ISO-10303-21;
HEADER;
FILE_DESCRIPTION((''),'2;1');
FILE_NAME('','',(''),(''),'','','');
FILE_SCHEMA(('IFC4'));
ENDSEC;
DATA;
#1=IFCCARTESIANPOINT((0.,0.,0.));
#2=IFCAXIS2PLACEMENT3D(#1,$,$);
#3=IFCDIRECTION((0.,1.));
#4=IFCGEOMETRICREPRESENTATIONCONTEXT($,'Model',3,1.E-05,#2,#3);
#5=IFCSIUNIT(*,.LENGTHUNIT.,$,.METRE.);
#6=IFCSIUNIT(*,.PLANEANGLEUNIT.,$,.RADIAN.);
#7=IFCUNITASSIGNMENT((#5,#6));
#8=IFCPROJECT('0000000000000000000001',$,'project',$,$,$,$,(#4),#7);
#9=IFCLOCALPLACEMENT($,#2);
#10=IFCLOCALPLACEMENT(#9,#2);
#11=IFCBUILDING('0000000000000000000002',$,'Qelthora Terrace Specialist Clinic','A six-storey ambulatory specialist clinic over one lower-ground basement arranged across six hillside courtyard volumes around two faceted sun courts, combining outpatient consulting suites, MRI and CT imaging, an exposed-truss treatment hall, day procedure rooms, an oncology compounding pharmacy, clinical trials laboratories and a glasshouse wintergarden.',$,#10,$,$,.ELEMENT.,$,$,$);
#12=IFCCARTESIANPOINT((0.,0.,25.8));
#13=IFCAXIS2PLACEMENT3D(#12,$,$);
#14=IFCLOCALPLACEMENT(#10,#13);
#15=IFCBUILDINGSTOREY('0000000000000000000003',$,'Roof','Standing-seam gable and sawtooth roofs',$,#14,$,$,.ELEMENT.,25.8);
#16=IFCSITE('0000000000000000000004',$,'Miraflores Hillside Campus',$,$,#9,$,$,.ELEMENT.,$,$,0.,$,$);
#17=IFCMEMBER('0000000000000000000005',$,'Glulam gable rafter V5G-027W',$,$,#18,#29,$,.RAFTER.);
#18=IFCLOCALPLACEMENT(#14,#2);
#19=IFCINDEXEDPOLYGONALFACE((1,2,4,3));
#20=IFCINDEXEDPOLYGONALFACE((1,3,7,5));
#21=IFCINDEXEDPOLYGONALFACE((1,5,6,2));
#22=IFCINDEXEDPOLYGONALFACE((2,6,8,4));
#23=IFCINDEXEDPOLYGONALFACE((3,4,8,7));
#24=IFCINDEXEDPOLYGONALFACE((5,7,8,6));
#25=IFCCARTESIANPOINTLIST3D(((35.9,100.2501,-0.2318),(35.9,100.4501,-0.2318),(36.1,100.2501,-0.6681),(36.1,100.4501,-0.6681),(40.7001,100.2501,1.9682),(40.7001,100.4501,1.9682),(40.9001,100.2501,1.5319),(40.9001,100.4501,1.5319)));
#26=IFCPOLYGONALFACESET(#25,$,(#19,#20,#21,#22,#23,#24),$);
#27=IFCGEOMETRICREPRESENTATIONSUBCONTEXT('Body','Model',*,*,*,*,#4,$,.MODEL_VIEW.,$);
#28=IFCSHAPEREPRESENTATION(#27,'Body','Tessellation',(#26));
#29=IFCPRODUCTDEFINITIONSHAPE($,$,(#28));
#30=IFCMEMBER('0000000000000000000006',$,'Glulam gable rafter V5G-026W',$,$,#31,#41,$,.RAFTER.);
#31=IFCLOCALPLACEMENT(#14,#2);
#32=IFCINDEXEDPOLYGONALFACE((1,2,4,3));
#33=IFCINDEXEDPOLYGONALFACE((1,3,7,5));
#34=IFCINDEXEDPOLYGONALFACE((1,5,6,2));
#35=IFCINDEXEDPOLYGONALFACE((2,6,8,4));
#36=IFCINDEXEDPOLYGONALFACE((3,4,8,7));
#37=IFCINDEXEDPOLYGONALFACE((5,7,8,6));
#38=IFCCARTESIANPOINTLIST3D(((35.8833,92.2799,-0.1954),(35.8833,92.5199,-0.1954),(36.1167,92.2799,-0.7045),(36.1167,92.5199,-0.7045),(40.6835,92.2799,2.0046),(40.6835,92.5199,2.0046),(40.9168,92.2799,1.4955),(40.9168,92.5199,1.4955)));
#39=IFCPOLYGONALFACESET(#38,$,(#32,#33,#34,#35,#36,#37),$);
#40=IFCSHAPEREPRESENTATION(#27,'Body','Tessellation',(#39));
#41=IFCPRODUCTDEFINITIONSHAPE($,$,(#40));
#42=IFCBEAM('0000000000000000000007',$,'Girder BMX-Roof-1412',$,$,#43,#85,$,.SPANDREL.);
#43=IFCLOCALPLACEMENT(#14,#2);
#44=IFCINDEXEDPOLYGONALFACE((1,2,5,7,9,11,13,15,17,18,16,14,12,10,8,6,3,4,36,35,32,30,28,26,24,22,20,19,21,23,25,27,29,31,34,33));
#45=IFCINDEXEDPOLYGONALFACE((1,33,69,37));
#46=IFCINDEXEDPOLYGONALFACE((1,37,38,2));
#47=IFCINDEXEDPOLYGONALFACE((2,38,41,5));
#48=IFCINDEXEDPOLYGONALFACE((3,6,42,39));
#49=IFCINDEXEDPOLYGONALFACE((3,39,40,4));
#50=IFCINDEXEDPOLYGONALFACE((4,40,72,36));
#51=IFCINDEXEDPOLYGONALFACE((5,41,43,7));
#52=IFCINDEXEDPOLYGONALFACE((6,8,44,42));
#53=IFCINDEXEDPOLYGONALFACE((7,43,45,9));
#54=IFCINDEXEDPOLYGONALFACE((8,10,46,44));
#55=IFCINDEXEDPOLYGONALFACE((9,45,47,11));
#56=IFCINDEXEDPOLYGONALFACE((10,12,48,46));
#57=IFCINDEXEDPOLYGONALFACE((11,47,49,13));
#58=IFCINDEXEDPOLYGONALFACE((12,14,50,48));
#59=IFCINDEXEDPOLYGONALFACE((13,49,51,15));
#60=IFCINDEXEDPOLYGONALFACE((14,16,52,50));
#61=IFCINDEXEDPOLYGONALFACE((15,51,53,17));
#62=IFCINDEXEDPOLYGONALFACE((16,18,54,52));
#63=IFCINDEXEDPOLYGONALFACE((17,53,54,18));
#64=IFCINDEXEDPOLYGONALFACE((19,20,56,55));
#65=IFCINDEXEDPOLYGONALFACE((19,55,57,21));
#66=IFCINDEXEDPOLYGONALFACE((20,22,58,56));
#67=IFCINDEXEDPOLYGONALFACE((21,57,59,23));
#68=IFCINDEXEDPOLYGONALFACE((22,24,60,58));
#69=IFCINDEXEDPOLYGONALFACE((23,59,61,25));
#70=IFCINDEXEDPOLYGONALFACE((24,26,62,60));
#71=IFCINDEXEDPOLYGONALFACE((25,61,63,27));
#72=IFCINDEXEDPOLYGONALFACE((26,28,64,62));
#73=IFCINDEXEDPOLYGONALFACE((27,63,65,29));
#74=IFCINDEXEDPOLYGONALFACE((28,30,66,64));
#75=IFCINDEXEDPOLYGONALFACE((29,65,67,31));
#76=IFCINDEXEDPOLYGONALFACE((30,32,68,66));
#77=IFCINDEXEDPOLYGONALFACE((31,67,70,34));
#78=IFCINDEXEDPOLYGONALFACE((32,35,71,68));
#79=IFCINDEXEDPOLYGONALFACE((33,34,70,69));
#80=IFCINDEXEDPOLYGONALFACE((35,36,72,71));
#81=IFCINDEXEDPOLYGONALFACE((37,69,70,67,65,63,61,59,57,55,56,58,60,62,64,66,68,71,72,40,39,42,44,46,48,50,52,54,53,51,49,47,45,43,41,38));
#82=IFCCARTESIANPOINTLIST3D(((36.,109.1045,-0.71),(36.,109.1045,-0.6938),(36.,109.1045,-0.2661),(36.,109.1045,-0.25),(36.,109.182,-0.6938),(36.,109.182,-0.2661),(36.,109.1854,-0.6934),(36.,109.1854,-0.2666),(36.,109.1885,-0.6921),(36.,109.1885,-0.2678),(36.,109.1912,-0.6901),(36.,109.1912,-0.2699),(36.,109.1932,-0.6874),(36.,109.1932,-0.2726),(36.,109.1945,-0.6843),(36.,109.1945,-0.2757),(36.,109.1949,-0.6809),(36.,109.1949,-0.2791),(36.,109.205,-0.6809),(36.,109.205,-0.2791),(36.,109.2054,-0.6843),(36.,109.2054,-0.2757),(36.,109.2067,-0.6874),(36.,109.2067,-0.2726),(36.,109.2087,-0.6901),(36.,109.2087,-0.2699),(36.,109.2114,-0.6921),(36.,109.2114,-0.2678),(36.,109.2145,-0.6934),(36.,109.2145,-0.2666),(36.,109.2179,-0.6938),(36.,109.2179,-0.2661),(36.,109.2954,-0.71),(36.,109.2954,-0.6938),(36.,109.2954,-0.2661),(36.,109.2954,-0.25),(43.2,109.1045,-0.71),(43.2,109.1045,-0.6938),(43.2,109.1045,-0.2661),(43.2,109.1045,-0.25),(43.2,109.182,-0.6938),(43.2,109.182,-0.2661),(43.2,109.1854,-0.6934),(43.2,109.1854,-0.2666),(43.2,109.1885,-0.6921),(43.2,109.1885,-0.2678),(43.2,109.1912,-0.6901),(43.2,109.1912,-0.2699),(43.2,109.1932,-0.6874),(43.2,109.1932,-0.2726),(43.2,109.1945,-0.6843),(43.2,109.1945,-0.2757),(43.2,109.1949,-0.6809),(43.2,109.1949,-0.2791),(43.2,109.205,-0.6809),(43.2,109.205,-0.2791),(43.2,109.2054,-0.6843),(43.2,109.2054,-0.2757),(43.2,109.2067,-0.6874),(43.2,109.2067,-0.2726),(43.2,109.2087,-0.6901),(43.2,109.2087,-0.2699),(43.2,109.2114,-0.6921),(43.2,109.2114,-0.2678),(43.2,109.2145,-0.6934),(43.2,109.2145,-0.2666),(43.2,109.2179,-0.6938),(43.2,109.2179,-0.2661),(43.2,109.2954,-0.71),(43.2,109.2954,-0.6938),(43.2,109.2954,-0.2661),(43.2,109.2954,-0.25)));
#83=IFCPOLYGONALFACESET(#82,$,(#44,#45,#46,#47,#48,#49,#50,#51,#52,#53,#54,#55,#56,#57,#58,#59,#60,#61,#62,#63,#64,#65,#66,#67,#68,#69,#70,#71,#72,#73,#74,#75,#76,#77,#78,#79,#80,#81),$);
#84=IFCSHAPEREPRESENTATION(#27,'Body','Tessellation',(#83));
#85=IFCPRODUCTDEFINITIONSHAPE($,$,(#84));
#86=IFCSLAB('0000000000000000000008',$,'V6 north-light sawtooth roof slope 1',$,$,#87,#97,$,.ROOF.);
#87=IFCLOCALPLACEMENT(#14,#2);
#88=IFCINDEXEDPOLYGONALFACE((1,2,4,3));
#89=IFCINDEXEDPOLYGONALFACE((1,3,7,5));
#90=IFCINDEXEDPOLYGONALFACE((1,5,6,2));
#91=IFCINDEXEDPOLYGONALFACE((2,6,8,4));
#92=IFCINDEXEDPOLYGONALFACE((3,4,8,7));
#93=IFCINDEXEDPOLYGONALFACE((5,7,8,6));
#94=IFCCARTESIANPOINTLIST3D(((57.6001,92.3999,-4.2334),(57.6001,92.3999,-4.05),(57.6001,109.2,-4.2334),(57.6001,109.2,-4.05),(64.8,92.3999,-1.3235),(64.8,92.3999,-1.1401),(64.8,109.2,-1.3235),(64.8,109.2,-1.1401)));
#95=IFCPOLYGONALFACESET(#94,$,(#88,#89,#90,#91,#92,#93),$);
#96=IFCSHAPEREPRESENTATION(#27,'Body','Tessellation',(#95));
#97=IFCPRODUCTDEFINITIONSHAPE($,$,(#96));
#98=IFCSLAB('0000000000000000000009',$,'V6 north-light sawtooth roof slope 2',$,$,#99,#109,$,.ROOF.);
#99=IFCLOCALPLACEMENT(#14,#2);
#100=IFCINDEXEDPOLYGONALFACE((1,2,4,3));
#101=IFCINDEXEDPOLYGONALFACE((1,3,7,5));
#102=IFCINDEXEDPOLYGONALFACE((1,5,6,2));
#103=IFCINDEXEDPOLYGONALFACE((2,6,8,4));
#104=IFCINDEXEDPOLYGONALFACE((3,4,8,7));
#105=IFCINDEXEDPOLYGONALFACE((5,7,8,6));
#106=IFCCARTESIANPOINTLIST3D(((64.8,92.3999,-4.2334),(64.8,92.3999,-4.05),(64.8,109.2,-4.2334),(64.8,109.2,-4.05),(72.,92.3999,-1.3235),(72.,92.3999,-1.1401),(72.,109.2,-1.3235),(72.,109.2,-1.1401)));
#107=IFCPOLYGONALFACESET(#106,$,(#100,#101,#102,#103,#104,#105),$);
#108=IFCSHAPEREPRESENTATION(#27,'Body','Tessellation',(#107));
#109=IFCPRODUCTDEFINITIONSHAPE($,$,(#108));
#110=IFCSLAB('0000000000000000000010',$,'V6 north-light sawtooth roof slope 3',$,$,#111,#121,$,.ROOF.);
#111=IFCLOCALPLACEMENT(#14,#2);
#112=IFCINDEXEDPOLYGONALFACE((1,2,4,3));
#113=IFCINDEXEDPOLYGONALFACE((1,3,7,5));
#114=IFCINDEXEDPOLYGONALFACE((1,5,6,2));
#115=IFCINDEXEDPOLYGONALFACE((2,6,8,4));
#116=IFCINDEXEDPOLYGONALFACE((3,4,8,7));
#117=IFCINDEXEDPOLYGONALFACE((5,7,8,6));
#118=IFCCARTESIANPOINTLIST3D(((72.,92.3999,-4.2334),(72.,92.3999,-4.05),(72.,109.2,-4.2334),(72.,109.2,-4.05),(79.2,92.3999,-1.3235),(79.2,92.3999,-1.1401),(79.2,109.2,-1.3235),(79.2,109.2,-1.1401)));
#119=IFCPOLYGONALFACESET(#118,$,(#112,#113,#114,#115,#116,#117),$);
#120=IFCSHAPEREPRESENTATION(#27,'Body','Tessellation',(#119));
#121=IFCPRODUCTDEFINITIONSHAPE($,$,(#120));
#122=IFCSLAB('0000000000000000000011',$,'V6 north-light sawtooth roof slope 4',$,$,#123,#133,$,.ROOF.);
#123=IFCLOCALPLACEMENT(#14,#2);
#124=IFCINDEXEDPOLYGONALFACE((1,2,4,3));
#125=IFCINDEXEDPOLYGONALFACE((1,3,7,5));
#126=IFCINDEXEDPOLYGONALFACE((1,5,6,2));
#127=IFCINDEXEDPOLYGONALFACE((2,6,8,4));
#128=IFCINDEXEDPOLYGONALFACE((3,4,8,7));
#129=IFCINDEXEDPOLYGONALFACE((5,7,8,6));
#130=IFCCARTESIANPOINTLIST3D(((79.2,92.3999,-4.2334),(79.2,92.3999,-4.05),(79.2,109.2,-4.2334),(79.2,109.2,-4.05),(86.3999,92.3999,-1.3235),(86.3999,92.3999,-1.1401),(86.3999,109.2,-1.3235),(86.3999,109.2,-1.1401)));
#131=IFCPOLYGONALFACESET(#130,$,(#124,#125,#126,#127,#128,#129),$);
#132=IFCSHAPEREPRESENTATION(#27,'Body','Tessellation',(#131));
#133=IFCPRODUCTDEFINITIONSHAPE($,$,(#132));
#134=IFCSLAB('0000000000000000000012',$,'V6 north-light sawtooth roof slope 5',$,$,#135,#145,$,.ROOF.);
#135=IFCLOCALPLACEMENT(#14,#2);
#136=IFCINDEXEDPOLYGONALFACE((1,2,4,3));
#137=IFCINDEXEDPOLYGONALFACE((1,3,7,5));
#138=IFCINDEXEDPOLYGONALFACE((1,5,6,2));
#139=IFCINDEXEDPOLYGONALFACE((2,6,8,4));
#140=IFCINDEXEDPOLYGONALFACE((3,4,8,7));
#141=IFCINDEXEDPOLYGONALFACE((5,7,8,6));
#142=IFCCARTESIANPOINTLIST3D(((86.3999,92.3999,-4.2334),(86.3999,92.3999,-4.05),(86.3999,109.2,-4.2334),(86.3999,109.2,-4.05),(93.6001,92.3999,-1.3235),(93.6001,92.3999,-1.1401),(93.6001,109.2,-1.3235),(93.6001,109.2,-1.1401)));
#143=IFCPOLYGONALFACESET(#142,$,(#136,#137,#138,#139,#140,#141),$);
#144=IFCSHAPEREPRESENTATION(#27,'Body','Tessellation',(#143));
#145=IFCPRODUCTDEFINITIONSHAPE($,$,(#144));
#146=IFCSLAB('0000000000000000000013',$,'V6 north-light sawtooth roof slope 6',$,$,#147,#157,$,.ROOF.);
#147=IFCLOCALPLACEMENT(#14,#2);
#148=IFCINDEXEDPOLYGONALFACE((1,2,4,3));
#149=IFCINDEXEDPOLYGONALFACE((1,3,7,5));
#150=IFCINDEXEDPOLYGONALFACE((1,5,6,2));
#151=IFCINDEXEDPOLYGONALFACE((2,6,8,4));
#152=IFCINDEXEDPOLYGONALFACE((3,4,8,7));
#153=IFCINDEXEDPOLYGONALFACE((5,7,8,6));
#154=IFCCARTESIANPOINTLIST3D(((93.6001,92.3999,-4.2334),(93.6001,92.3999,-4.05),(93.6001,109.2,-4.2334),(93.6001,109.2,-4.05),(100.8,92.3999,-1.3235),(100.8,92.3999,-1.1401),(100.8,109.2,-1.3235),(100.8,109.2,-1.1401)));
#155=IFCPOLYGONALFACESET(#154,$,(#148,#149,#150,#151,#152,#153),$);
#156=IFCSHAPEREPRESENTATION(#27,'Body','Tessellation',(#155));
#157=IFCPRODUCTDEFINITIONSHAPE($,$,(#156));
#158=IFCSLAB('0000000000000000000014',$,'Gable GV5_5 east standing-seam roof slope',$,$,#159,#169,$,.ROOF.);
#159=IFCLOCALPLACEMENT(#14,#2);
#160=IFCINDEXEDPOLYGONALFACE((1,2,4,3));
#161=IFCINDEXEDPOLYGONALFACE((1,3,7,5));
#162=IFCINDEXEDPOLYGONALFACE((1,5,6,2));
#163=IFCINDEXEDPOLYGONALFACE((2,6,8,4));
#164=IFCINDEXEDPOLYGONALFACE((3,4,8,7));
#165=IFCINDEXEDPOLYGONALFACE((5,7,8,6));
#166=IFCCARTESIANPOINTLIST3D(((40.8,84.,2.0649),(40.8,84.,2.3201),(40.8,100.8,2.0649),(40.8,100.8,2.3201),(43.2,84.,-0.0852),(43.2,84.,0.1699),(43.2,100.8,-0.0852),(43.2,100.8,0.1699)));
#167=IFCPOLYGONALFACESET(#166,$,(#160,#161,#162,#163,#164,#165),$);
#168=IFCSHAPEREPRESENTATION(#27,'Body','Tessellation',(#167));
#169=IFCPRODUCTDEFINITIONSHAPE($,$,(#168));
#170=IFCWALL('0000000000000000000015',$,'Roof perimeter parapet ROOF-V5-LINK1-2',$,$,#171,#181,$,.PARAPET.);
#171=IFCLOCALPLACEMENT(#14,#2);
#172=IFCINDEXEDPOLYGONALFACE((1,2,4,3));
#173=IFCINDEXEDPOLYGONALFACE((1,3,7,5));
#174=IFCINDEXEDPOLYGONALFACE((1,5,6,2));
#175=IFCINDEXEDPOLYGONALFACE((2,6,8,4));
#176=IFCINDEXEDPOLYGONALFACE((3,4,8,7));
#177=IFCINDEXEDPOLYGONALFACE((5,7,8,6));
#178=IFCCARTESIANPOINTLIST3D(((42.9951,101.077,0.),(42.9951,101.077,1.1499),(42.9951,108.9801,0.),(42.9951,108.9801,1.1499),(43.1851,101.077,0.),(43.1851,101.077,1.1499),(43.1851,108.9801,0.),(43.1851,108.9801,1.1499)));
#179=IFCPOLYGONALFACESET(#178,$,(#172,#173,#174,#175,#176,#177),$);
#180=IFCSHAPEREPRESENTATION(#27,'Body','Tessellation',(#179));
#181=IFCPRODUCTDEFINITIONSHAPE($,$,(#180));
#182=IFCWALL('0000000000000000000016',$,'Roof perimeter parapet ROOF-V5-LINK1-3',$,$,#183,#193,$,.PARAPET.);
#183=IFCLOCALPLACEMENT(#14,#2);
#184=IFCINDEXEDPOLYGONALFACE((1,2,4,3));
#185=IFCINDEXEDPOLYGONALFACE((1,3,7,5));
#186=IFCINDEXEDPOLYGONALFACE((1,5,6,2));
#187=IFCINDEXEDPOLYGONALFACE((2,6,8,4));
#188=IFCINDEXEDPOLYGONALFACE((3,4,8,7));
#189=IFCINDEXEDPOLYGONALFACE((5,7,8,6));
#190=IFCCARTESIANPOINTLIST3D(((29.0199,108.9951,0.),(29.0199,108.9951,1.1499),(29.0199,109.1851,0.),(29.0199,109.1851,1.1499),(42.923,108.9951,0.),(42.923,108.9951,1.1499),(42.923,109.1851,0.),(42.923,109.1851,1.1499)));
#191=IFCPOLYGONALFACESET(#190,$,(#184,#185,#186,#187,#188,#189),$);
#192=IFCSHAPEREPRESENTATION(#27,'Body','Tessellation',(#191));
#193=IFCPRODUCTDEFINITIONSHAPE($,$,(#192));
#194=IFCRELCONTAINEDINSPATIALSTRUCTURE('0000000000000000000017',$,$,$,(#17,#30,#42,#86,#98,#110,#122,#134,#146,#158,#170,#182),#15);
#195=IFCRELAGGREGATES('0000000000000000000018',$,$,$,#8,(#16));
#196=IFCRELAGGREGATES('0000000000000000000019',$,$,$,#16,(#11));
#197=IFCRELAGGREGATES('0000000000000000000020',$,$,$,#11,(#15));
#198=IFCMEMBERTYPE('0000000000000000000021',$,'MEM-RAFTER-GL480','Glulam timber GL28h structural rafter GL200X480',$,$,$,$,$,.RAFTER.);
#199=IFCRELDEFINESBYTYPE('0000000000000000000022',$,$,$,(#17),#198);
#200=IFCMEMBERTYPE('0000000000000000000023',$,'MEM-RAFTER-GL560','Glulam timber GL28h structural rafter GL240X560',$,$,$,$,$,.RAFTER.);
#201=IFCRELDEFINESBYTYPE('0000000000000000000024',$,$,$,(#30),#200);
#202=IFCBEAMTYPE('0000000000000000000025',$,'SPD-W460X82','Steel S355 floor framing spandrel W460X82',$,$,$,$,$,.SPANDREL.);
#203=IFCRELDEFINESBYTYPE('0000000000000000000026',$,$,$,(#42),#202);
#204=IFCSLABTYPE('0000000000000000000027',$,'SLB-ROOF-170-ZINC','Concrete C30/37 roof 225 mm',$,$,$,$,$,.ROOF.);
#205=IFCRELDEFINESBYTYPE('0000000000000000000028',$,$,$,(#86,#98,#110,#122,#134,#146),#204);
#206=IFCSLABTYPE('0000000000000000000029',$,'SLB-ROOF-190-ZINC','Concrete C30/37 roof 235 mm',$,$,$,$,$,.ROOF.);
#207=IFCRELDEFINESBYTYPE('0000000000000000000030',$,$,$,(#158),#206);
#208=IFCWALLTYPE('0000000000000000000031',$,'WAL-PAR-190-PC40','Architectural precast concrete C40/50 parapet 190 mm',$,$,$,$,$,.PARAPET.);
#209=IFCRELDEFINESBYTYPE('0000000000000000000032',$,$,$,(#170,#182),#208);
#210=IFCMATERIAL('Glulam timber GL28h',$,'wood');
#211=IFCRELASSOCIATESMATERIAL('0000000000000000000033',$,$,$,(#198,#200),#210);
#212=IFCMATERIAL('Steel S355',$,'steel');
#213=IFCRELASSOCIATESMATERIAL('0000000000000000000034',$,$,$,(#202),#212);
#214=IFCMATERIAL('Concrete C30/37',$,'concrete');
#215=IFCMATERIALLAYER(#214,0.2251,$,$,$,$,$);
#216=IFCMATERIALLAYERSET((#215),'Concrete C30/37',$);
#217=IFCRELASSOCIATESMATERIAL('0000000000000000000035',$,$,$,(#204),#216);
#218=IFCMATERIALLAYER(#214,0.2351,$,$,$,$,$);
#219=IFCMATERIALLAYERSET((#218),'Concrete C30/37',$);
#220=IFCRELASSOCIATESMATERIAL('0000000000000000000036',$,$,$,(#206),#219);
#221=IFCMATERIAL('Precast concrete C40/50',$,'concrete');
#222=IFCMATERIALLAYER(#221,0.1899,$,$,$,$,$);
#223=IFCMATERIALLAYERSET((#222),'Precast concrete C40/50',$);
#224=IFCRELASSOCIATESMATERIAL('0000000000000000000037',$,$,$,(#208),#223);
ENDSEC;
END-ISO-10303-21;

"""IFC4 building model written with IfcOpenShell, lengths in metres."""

from ifc_helpers import new_model, si_unit, direction, frame, frame_2d, origin, origin_2d, place, context, subcontext, project, spatial, polyline, rectangle, i_section, outline, extrude, material, layer, layer_set, material_profile, profile_set, type_object, element, save


model = new_model("IFC4")

# Units and contexts
model_context = context("Model", 3, precision=1e-05, world=origin(), true_north=direction((0.0, 1.0)))
body_context = subcontext(model_context, "Body", "Model", "MODEL_VIEW")
ifc_project = project(units=[si_unit("LENGTHUNIT", "METRE"), si_unit("PLANEANGLEUNIT", "RADIAN")], contexts=[model_context])

# Site, building, storey
site_placement = place(None, origin())
site = spatial("IfcSite", under=ifc_project, at=site_placement, Name="Miraflores Hillside Campus", CompositionType="ELEMENT", RefElevation=0.0)
building_placement = place(site_placement, origin())
building = spatial("IfcBuilding", under=site, at=building_placement, Name="Qelthora Terrace Specialist Clinic", Description="A six-storey ambulatory specialist clinic over one lower-ground basement arranged across six hillside courtyard volumes around two faceted sun courts, combining outpatient consulting suites, MRI and CT imaging, an exposed-truss treatment hall, day procedure rooms, an oncology compounding pharmacy, clinical trials laboratories and a glasshouse wintergarden.", CompositionType="ELEMENT")
storey_placement = place(building_placement, frame((0.0, 0.0, 25.8)))
storey = spatial("IfcBuildingStorey", under=building, at=storey_placement, Name="Roof", Description="Standing-seam gable and sawtooth roofs", CompositionType="ELEMENT", Elevation=25.8)

# Shared definitions
ifc_material_1 = material(Name="Steel S355", Category="steel")

# Members
ifc_material_2 = material(Name="Glulam timber GL28h", Category="wood")
ifc_material_profile_1 = material_profile(ifc_material_2, rectangle(XDim=0.2, YDim=0.48, at=origin_2d()), Name="GL200X480")
ifc_profile_set_1 = profile_set([ifc_material_profile_1], Name="Glulam timber GL28h")
member_type_1 = type_object("IfcMemberType", Name="MEM-RAFTER-GL480", Description="Glulam timber GL28h structural rafter GL200X480", PredefinedType="RAFTER", material=ifc_profile_set_1)
member_1_placement = place(storey_placement, frame((36.0, 100.3501, -0.45), z_axis=(0.90907, 0.0, 0.416644), x_axis=(0.0, 1.0, 0.0)))
element("IfcMember", 1, at=member_1_placement, inside=storey, type_object=member_type_1, Name="Glulam gable rafter V5G-027W", PredefinedType="RAFTER", context=body_context, shape_type="SweptSolid", body=[
    extrude(rectangle(XDim=0.2, YDim=0.48, at=origin_2d()), origin(), (0.0, 0.0, 1.0), 5.2803),
])
ifc_material_profile_2 = material_profile(ifc_material_2, rectangle(XDim=0.24, YDim=0.5601, at=origin_2d()), Name="GL240X560")
ifc_profile_set_2 = profile_set([ifc_material_profile_2], Name="Glulam timber GL28h")
member_type_2 = type_object("IfcMemberType", Name="MEM-RAFTER-GL560", Description="Glulam timber GL28h structural rafter GL240X560", PredefinedType="RAFTER", material=ifc_profile_set_2)
member_2_placement = place(storey_placement, frame((36.0, 92.3999, -0.45), z_axis=(0.90907, 0.0, 0.416644), x_axis=(0.0, 1.0, 0.0)))
element("IfcMember", 2, at=member_2_placement, inside=storey, type_object=member_type_2, Name="Glulam gable rafter V5G-026W", PredefinedType="RAFTER", context=body_context, shape_type="SweptSolid", body=[
    extrude(rectangle(XDim=0.24, YDim=0.5601, at=origin_2d()), origin(), (0.0, 0.0, 1.0), 5.2803),
])

# Beam
ifc_material_profile_3 = material_profile(ifc_material_1, i_section(OverallWidth=0.1909, OverallDepth=0.46, WebThickness=0.01, FlangeThickness=0.0161, FilletRadius=0.0129, at=origin_2d()), Name="W460X82")
ifc_profile_set_3 = profile_set([ifc_material_profile_3], Name="Steel S355")
beam_type_1 = type_object("IfcBeamType", Name="SPD-W460X82", Description="Steel S355 floor framing spandrel W460X82", PredefinedType="SPANDREL", material=ifc_profile_set_3)
beam_1_placement = place(storey_placement, frame((36.0, 109.2, -0.48), z_axis=(1.0, 0.0, 0.0), x_axis=(0.0, 1.0, 0.0)))
element("IfcBeam", 3, at=beam_1_placement, inside=storey, type_object=beam_type_1, Name="Girder BMX-Roof-1412", PredefinedType="SPANDREL", context=body_context, shape_type="SweptSolid", body=[
    extrude(i_section(OverallWidth=0.1909, OverallDepth=0.46, WebThickness=0.01, FlangeThickness=0.0161, FilletRadius=0.0129, at=origin_2d()), origin(), (0.0, 0.0, 1.0), 7.2),
])

# Slabs
ifc_material_3 = material(Name="Concrete C30/37", Category="concrete")
ifc_layer_1 = layer(ifc_material_3, 0.2251)
ifc_layer_set_1 = layer_set([ifc_layer_1], Name="Concrete C30/37")
slab_type_1 = type_object("IfcSlabType", Name="SLB-ROOF-170-ZINC", Description="Concrete C30/37 roof 225 mm", PredefinedType="ROOF", material=ifc_layer_set_1)
for number, where, z_axis, x_axis, name in (
    (4, (57.6001, 92.3999, -4.2334), (-0.374711, 0.0, 0.927142), (0.927142, 0.0, 0.374711), "V6 north-light sawtooth roof slope 1"),
    (5, (64.8, 92.3999, -4.2334), (-0.374711, 0.0, 0.927142), (0.927142, 0.0, 0.374711), "V6 north-light sawtooth roof slope 2"),
    (6, (72.0, 92.3999, -4.2334), (-0.374711, 0.0, 0.927142), (0.927142, 0.0, 0.374711), "V6 north-light sawtooth roof slope 3"),
    (7, (79.2, 92.3999, -4.2334), (-0.374711, 0.0, 0.927142), (0.927142, 0.0, 0.374711), "V6 north-light sawtooth roof slope 4"),
):
    element("IfcSlab", number, at=place(storey_placement, frame(where, z_axis=z_axis, x_axis=x_axis)), inside=storey, type_object=slab_type_1, Name=name, PredefinedType="ROOF", context=body_context, shape_type="SweptSolid", body=[
        extrude(outline(polyline([(0.0, 0.0), (7.7658, 0.0), (7.7658, 16.8), (0.0, 16.8), (0.0, 0.0)])), origin(), (0.374711, 0.0, 0.927142), 0.1833),
    ])
slab_1_placement = place(storey_placement, frame((86.3999, 92.3999, -4.2334), z_axis=(-0.3747, 0.0, 0.927146), x_axis=(0.927146, 0.0, 0.3747)))
element("IfcSlab", 8, at=slab_1_placement, inside=storey, type_object=slab_type_1, Name="V6 north-light sawtooth roof slope 5", PredefinedType="ROOF", context=body_context, shape_type="SweptSolid", body=[
    extrude(outline(polyline([(0.0, 0.0), (7.766, 0.0), (7.766, 16.8), (0.0, 16.8), (0.0, 0.0)])), origin(), (0.3747, 0.0, 0.927146), 0.1833),
])
slab_2_placement = place(storey_placement, frame((93.6001, 92.3999, -4.2334), z_axis=(-0.374711, 0.0, 0.927142), x_axis=(0.927142, 0.0, 0.374711)))
element("IfcSlab", 9, at=slab_2_placement, inside=storey, type_object=slab_type_1, Name="V6 north-light sawtooth roof slope 6", PredefinedType="ROOF", context=body_context, shape_type="SweptSolid", body=[
    extrude(outline(polyline([(0.0, 0.0), (7.7658, 0.0), (7.7658, 16.8), (0.0, 16.8), (0.0, 0.0)])), origin(), (0.374711, 0.0, 0.927142), 0.1833),
])
ifc_layer_2 = layer(ifc_material_3, 0.2351)
ifc_layer_set_2 = layer_set([ifc_layer_2], Name="Concrete C30/37")
slab_type_2 = type_object("IfcSlabType", Name="SLB-ROOF-190-ZINC", Description="Concrete C30/37 roof 235 mm", PredefinedType="ROOF", material=ifc_layer_set_2)
slab_3_placement = place(storey_placement, frame((40.8, 84.0, 2.0649), z_axis=(0.667289, 0.0, 0.744799), x_axis=(0.744799, 0.0, -0.667289)))
element("IfcSlab", 10, at=slab_3_placement, inside=storey, type_object=slab_type_2, Name="Gable GV5_5 east standing-seam roof slope", PredefinedType="ROOF", context=body_context, shape_type="SweptSolid", body=[
    extrude(outline(polyline([(0.0, 0.0), (3.2222, 0.0), (3.2222, 16.8), (0.0, 16.8), (0.0, 0.0)])), origin(), (-0.667289, 0.0, 0.744799), 0.2551),
])

# Walls
ifc_material_4 = material(Name="Precast concrete C40/50", Category="concrete")
ifc_layer_3 = layer(ifc_material_4, 0.1899)
ifc_layer_set_3 = layer_set([ifc_layer_3], Name="Precast concrete C40/50")
wall_type = type_object("IfcWallType", Name="WAL-PAR-190-PC40", Description="Architectural precast concrete C40/50 parapet 190 mm", PredefinedType="PARAPET", material=ifc_layer_set_3)
wall_1_placement = place(storey_placement, frame((43.0901, 101.0769, 0.0), z_axis=(0.0, 0.0, 1.0), x_axis=(0.0, 1.0, 0.0)))
element("IfcWall", 11, at=wall_1_placement, inside=storey, type_object=wall_type, Name="Roof perimeter parapet ROOF-V5-LINK1-2", PredefinedType="PARAPET", context=body_context, shape_type="SweptSolid", body=[
    extrude(rectangle(XDim=7.9031, YDim=0.1899, at=frame_2d((3.9517, 0.0))), origin(), (0.0, 0.0, 1.0), 1.1499),
])
wall_2_placement = place(storey_placement, frame((42.9231, 109.0901, 0.0), z_axis=(0.0, 0.0, 1.0), x_axis=(-1.0, 0.0, 0.0)))
element("IfcWall", 12, at=wall_2_placement, inside=storey, type_object=wall_type, Name="Roof perimeter parapet ROOF-V5-LINK1-3", PredefinedType="PARAPET", context=body_context, shape_type="SweptSolid", body=[
    extrude(rectangle(XDim=13.9031, YDim=0.1899, at=frame_2d((6.9517, 0.0))), origin(), (0.0, 0.0, 1.0), 1.1499),
])

save(model, "model.ifc")
